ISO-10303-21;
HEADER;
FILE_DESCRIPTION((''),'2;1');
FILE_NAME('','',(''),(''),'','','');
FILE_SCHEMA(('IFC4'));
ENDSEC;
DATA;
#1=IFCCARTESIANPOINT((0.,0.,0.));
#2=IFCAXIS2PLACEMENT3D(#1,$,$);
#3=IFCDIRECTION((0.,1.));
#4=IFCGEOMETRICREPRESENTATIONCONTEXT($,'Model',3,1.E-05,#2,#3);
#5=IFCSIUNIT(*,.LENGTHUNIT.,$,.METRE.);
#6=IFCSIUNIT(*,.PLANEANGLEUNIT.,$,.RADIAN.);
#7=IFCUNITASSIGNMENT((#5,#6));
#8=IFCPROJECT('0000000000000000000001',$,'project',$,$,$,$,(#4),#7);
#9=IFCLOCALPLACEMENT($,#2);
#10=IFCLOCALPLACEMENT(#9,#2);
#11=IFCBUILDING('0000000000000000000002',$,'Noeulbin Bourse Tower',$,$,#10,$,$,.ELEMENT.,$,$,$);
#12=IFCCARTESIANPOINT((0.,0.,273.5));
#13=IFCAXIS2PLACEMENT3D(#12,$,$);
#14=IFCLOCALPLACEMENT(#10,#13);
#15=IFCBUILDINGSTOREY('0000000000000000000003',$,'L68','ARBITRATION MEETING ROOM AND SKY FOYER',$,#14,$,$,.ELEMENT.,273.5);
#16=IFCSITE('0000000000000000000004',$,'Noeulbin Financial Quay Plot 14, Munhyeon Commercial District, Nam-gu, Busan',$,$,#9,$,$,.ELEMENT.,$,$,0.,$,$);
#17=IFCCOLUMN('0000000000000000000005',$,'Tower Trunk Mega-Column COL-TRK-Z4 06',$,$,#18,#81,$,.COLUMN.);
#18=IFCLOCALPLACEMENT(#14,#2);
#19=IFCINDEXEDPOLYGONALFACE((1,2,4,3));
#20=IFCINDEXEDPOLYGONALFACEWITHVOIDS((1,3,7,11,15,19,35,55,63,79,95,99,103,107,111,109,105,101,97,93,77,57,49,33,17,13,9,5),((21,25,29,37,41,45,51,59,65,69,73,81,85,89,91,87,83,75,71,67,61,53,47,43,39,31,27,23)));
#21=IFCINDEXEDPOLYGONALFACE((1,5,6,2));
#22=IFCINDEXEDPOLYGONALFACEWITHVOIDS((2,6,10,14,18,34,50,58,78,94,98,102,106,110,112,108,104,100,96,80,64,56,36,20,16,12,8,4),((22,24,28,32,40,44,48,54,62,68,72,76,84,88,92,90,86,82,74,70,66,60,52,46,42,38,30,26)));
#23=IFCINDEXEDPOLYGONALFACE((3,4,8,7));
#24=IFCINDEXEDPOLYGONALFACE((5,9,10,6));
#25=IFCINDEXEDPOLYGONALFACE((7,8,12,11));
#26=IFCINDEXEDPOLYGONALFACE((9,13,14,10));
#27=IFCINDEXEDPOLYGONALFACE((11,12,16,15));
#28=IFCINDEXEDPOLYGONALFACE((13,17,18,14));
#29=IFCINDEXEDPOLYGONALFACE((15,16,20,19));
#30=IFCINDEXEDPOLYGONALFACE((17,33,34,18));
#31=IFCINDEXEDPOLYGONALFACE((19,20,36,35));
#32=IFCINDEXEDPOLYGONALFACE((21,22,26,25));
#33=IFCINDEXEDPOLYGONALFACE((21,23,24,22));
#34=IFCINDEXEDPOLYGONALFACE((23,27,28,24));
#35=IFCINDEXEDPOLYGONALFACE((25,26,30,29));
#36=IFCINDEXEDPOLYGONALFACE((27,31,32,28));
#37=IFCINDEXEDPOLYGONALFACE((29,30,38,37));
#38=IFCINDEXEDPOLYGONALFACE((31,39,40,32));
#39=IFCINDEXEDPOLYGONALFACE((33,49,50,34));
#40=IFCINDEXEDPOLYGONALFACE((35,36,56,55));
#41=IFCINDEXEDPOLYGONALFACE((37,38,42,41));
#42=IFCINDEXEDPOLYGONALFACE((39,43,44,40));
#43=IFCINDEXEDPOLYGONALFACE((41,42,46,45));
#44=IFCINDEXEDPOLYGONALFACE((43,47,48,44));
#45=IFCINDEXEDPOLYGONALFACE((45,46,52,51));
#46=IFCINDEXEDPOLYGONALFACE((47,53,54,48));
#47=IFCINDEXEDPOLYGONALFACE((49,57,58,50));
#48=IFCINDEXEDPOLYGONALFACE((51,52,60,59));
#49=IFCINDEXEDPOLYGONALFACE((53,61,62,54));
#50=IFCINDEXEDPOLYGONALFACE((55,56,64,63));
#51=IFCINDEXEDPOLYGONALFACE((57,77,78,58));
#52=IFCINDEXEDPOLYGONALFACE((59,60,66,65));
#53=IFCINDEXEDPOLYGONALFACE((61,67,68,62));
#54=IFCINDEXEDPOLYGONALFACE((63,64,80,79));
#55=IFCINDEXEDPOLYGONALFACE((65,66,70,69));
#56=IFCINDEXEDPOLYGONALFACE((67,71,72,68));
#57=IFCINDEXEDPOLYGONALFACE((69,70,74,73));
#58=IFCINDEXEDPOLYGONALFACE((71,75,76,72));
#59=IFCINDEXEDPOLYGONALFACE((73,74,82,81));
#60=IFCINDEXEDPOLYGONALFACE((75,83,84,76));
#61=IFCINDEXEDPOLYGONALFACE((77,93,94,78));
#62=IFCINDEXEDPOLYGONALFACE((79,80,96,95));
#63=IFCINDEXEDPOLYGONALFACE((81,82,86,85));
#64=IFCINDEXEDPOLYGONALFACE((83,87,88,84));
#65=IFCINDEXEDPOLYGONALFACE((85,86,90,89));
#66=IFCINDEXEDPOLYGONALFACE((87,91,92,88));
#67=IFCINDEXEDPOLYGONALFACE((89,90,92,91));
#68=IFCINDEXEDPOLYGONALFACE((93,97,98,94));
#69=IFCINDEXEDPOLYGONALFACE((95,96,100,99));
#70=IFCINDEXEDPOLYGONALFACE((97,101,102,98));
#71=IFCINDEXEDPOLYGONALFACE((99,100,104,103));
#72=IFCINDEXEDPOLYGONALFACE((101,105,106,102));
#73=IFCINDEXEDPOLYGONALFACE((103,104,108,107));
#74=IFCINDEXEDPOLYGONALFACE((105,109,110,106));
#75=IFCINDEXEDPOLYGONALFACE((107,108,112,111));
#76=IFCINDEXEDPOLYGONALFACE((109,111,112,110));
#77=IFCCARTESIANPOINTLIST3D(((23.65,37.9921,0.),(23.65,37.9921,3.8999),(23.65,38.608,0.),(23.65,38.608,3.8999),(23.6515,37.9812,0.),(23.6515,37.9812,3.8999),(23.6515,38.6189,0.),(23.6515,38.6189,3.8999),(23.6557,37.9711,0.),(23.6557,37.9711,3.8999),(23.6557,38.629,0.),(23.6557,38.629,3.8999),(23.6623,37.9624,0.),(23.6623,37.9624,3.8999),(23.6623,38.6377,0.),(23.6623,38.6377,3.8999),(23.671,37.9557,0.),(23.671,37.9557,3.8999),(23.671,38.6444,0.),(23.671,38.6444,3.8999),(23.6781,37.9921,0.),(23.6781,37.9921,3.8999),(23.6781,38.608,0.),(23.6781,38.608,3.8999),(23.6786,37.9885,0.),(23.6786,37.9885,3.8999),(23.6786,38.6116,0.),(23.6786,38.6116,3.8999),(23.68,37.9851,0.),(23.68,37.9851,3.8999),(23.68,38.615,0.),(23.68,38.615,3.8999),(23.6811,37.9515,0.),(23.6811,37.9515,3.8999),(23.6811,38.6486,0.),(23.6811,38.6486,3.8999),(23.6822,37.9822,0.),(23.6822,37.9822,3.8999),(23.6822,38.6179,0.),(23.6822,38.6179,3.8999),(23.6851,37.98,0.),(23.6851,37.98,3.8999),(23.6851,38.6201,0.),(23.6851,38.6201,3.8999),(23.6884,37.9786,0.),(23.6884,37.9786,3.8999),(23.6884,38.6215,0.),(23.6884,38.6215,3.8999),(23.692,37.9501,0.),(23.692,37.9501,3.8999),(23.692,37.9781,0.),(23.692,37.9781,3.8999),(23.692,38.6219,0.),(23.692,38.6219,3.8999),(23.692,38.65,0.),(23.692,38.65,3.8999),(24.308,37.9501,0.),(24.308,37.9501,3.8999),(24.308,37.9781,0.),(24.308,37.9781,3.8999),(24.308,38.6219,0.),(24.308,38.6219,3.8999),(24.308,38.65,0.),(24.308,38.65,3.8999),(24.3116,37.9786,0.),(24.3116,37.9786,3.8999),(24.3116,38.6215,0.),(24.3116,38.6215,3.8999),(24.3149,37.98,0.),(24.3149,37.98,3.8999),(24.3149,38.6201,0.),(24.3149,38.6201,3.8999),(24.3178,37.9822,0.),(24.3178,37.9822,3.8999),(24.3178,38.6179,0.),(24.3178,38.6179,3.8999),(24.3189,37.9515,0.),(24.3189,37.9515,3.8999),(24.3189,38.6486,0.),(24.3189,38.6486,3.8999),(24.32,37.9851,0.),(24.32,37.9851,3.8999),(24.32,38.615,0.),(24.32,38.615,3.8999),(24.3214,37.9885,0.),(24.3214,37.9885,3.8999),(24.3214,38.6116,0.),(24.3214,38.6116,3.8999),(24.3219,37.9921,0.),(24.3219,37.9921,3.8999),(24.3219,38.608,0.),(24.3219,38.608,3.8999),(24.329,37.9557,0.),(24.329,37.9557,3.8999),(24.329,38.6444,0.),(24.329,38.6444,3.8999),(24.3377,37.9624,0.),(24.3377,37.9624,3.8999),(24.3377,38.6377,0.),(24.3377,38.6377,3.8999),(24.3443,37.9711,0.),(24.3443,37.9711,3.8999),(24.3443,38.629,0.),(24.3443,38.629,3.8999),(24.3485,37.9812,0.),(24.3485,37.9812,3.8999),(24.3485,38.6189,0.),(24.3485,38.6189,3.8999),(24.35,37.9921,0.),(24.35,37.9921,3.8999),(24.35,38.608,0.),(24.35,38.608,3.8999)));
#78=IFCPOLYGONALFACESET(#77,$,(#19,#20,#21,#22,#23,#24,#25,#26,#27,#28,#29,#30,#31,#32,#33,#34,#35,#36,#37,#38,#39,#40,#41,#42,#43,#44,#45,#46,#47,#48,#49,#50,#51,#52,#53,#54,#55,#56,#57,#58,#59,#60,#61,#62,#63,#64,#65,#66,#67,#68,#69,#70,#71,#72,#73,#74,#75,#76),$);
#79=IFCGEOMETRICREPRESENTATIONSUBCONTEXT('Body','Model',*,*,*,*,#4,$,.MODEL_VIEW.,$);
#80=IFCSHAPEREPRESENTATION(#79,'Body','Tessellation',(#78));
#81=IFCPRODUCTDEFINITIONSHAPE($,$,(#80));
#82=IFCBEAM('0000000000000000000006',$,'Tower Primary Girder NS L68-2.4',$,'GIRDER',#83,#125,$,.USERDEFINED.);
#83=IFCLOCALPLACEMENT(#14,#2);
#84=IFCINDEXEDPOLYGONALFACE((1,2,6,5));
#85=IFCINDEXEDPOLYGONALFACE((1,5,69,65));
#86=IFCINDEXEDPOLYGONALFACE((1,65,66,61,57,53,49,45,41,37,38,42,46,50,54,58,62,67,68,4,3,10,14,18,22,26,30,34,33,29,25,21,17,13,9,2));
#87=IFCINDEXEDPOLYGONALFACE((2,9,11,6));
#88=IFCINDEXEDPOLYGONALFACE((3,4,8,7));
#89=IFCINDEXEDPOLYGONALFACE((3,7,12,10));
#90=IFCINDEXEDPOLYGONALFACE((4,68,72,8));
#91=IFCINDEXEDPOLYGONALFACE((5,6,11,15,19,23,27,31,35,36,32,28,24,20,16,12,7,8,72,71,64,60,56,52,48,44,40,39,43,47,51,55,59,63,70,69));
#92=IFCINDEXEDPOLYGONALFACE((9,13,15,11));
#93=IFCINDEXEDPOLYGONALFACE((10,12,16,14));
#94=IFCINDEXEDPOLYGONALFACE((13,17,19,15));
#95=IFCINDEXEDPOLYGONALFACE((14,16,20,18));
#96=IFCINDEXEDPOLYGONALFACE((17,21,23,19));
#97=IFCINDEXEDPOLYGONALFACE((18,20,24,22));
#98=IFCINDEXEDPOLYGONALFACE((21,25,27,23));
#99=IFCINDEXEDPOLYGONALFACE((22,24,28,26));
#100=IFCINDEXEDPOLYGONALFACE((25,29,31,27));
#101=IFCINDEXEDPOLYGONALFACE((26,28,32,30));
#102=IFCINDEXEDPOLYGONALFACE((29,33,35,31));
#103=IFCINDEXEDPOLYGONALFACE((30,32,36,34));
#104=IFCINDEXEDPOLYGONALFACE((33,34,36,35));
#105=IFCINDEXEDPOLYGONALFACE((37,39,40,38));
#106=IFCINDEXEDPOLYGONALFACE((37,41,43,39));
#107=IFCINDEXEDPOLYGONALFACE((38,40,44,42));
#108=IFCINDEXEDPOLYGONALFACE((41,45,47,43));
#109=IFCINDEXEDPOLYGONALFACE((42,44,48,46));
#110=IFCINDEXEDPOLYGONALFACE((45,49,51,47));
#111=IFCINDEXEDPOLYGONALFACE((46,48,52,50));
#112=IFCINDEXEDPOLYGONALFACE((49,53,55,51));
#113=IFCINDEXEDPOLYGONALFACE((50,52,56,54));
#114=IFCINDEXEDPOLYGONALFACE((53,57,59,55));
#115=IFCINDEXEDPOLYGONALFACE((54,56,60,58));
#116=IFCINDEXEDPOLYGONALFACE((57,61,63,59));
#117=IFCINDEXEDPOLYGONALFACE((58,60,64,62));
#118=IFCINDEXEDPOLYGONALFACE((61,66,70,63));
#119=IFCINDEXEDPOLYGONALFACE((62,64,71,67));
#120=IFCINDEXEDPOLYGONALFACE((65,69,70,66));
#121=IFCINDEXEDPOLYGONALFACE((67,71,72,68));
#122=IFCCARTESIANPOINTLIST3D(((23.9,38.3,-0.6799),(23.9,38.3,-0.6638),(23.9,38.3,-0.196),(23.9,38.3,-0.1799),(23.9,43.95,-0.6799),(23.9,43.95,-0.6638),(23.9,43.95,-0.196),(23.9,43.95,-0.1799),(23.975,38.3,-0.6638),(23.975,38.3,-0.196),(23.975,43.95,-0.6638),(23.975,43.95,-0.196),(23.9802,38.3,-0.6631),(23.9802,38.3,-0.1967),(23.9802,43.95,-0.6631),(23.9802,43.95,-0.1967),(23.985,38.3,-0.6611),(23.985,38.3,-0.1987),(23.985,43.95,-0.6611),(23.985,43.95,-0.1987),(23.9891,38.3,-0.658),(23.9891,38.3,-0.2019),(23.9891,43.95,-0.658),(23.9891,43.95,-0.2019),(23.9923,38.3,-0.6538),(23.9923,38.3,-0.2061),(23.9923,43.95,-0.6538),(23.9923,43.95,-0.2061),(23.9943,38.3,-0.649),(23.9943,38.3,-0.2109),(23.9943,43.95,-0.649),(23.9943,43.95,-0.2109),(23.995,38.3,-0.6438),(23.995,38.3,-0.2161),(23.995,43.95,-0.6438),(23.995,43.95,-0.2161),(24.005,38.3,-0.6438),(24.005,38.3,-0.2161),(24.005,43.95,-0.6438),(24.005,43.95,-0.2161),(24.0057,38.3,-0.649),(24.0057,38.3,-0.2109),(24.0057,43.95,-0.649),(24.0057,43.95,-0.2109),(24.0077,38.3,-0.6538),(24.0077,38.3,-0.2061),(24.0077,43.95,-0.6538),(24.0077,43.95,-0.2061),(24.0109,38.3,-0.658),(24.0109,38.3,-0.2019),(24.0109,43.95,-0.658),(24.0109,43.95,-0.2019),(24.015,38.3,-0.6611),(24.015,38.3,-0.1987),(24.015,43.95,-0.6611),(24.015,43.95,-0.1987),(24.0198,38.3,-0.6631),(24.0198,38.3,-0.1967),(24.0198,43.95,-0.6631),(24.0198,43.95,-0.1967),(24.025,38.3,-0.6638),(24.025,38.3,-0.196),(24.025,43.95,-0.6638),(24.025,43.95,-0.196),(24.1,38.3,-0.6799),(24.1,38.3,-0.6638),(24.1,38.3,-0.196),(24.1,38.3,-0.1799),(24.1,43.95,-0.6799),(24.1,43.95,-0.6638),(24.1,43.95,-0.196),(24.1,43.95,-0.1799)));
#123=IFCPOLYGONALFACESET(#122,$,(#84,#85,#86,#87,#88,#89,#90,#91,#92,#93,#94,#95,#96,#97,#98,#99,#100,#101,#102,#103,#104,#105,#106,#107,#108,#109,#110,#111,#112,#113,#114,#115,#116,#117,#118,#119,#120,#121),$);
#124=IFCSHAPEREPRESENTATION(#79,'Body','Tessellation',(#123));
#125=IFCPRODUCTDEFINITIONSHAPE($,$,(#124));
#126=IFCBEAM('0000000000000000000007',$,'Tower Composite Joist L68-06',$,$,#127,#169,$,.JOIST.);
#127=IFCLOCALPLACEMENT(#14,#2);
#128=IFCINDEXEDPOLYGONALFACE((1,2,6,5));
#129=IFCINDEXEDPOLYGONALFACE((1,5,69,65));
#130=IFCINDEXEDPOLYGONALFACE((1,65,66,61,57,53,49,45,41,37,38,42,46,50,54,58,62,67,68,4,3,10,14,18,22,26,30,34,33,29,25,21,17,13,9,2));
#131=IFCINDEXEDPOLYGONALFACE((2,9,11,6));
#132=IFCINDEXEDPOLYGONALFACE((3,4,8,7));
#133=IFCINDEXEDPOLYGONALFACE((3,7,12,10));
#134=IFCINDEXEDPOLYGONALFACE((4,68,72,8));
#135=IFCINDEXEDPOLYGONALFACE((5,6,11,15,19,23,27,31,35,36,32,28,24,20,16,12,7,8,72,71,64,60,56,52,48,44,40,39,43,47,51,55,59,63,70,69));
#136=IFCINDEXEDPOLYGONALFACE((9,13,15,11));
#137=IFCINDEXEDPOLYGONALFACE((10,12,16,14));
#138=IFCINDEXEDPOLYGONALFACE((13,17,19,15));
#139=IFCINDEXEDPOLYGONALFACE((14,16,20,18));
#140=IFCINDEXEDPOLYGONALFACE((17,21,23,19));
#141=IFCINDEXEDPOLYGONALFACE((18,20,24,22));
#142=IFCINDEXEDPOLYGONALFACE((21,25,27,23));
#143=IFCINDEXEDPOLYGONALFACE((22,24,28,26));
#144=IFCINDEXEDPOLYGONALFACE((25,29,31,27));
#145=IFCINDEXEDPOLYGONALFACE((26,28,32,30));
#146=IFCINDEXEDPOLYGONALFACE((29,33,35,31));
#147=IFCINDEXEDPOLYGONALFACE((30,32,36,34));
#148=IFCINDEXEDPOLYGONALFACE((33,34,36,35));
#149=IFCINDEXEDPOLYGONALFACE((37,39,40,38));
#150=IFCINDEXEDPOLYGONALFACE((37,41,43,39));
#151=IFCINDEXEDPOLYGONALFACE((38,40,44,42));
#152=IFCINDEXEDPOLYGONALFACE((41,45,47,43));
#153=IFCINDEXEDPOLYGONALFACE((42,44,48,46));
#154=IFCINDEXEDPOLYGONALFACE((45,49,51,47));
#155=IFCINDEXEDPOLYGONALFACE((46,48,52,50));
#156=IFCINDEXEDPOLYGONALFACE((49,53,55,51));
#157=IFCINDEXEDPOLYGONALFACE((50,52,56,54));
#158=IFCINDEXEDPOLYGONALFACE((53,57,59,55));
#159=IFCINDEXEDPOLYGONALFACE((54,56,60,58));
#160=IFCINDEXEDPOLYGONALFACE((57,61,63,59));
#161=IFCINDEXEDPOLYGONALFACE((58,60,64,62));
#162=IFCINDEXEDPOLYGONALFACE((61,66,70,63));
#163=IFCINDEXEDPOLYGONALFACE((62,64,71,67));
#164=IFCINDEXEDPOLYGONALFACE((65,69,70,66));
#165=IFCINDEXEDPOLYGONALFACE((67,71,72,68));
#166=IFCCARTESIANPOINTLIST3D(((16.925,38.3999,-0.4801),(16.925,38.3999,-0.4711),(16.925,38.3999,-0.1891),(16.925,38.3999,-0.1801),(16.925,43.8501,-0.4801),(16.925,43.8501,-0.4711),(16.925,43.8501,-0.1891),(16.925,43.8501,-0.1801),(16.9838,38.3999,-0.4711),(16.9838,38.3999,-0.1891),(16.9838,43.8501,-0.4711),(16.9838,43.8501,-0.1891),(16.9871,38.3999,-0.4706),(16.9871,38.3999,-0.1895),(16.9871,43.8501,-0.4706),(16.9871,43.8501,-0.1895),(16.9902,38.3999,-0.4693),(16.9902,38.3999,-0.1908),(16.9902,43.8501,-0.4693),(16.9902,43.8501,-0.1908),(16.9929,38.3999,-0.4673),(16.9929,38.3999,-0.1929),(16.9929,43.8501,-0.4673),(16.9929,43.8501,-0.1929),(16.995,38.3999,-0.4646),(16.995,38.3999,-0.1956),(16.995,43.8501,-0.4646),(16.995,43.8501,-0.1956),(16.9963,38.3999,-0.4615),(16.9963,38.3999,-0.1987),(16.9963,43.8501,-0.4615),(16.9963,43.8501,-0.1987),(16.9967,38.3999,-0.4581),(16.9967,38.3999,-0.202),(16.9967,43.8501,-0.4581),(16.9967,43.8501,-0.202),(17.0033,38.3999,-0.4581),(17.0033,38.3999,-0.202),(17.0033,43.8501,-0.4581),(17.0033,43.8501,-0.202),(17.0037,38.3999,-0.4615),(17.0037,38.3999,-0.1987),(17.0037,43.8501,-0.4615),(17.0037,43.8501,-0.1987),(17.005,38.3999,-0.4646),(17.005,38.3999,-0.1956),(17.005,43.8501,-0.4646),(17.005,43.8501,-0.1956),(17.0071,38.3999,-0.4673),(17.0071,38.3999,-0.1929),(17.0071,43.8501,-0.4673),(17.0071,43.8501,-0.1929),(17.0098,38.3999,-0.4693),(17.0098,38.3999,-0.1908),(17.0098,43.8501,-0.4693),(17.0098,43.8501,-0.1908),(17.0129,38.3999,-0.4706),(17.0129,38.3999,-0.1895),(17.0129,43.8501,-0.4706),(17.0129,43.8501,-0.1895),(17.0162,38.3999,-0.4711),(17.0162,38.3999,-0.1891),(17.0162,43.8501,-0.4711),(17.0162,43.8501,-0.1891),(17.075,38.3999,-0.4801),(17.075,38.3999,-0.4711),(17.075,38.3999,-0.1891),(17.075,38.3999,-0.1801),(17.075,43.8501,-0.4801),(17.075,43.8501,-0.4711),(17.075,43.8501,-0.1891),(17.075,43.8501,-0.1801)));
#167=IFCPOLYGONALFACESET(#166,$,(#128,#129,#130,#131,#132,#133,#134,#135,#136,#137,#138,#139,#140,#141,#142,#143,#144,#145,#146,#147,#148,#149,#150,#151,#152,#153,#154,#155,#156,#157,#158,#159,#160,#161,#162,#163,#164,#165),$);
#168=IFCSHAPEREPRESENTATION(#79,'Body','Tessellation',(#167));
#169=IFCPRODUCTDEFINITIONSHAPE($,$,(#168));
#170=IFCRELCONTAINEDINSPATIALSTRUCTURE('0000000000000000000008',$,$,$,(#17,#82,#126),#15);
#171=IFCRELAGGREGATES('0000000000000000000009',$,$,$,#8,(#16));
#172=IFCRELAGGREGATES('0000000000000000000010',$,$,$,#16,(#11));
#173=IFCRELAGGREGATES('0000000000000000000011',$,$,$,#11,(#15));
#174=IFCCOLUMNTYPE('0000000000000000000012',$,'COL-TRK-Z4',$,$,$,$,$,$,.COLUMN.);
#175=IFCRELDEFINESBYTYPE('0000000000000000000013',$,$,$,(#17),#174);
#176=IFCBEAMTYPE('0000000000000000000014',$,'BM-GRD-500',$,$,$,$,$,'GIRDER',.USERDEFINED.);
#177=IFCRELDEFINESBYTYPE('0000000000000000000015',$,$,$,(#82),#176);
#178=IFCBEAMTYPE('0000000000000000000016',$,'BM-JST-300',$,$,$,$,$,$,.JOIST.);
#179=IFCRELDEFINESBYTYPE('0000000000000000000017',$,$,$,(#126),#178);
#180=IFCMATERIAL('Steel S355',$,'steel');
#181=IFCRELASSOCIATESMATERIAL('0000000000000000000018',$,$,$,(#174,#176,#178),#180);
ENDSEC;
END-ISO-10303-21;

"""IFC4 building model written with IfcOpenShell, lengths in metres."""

from ifc_helpers import new_model, si_unit, direction, frame, origin, origin_2d, place, context, subcontext, project, spatial, hollow_rectangle, i_section, extrude, material, material_profile, profile_set, type_object, element, save


model = new_model("IFC4")

# Units and contexts
model_context = context("Model", 3, precision=1e-05, world=origin(), true_north=direction((0.0, 1.0)))
body_context = subcontext(model_context, "Body", "Model", "MODEL_VIEW")
ifc_project = project(units=[si_unit("LENGTHUNIT", "METRE"), si_unit("PLANEANGLEUNIT", "RADIAN")], contexts=[model_context])

# Site, building, storey
site_placement = place(None, origin())
site = spatial("IfcSite", under=ifc_project, at=site_placement, Name="Noeulbin Financial Quay Plot 14, Munhyeon Commercial District, Nam-gu, Busan", CompositionType="ELEMENT", RefElevation=0.0)
building_placement = place(site_placement, origin())
building = spatial("IfcBuilding", under=site, at=building_placement, Name="Noeulbin Bourse Tower", CompositionType="ELEMENT")
storey_placement = place(building_placement, frame((0.0, 0.0, 273.5)))
storey = spatial("IfcBuildingStorey", under=building, at=storey_placement, Name="L68", Description="ARBITRATION MEETING ROOM AND SKY FOYER", CompositionType="ELEMENT", Elevation=273.5)

# Column
ifc_material_1 = material(Name="Steel S355", Category="steel")
ifc_material_profile_1 = material_profile(ifc_material_1, hollow_rectangle(XDim=0.7, YDim=0.7, WallThickness=0.0281, InnerFilletRadius=0.0139, OuterFilletRadius=0.042, at=origin_2d()), Name="BOX-700x700x28", Category="LoadBearing")
ifc_profile_set_1 = profile_set([ifc_material_profile_1], Name="Steel S355")
column_type_1 = type_object("IfcColumnType", Name="COL-TRK-Z4", PredefinedType="COLUMN", material=ifc_profile_set_1)
for number, where, z_axis, x_axis, name in (
    (1, (24.0, 38.3, 0.0), (0.0, 0.0, 1.0), (1.0, 0.0, 0.0), "Tower Trunk Mega-Column COL-TRK-Z4 06"),
):
    element("IfcColumn", number, at=place(storey_placement, frame(where, z_axis=z_axis, x_axis=x_axis)), inside=storey, type_object=column_type_1, Name=name, PredefinedType="COLUMN", context=body_context, shape_type="SweptSolid", body=[
        extrude(hollow_rectangle(XDim=0.7, YDim=0.7, WallThickness=0.0281, InnerFilletRadius=0.0139, OuterFilletRadius=0.042, at=origin_2d()), origin(), (0.0, 0.0, 1.0), 3.8999),
    ])

# Beams
ifc_material_profile_2 = material_profile(ifc_material_1, i_section(OverallWidth=0.2, OverallDepth=0.5, WebThickness=0.01, FlangeThickness=0.0161, FilletRadius=0.02, at=origin_2d()), Name="H-500x200x10x16", Category="LoadBearing")
ifc_profile_set_2 = profile_set([ifc_material_profile_2], Name="Steel S355")
beam_type_1 = type_object("IfcBeamType", Name="BM-GRD-500", ElementType="GIRDER", PredefinedType="USERDEFINED", material=ifc_profile_set_2)
beam_1_placement = place(storey_placement, frame((24.0, 38.3, -0.4299), z_axis=(0.0, 1.0, 0.0), x_axis=(-1.0, 0.0, 0.0)))
element("IfcBeam", 2, at=beam_1_placement, inside=storey, type_object=beam_type_1, Name="Tower Primary Girder NS L68-2.4", ObjectType="GIRDER", PredefinedType="USERDEFINED", context=body_context, shape_type="SweptSolid", body=[
    extrude(i_section(OverallWidth=0.2, OverallDepth=0.5, WebThickness=0.01, FlangeThickness=0.0161, FilletRadius=0.02, at=origin_2d()), origin(), (0.0, 0.0, 1.0), 5.6499),
])
ifc_material_profile_3 = material_profile(ifc_material_1, i_section(OverallWidth=0.1499, OverallDepth=0.3, WebThickness=0.0066, FlangeThickness=0.009, FilletRadius=0.0129, at=origin_2d()), Name="H-300x150x6.5x9", Category="LoadBearing")
ifc_profile_set_3 = profile_set([ifc_material_profile_3], Name="Steel S355")
beam_type_2 = type_object("IfcBeamType", Name="BM-JST-300", PredefinedType="JOIST", material=ifc_profile_set_3)
for number, where, z_axis, x_axis, name in (
    (3, (17.0, 38.3999, -0.3301), (0.0, 1.0, 0.0), (-1.0, 0.0, 0.0), "Tower Composite Joist L68-06"),
):
    element("IfcBeam", number, at=place(storey_placement, frame(where, z_axis=z_axis, x_axis=x_axis)), inside=storey, type_object=beam_type_2, Name=name, PredefinedType="JOIST", context=body_context, shape_type="SweptSolid", body=[
        extrude(i_section(OverallWidth=0.1499, OverallDepth=0.3, WebThickness=0.0066, FlangeThickness=0.009, FilletRadius=0.0129, at=origin_2d()), origin(), (0.0, 0.0, 1.0), 5.4502),
    ])

save(model, "model.ifc")
